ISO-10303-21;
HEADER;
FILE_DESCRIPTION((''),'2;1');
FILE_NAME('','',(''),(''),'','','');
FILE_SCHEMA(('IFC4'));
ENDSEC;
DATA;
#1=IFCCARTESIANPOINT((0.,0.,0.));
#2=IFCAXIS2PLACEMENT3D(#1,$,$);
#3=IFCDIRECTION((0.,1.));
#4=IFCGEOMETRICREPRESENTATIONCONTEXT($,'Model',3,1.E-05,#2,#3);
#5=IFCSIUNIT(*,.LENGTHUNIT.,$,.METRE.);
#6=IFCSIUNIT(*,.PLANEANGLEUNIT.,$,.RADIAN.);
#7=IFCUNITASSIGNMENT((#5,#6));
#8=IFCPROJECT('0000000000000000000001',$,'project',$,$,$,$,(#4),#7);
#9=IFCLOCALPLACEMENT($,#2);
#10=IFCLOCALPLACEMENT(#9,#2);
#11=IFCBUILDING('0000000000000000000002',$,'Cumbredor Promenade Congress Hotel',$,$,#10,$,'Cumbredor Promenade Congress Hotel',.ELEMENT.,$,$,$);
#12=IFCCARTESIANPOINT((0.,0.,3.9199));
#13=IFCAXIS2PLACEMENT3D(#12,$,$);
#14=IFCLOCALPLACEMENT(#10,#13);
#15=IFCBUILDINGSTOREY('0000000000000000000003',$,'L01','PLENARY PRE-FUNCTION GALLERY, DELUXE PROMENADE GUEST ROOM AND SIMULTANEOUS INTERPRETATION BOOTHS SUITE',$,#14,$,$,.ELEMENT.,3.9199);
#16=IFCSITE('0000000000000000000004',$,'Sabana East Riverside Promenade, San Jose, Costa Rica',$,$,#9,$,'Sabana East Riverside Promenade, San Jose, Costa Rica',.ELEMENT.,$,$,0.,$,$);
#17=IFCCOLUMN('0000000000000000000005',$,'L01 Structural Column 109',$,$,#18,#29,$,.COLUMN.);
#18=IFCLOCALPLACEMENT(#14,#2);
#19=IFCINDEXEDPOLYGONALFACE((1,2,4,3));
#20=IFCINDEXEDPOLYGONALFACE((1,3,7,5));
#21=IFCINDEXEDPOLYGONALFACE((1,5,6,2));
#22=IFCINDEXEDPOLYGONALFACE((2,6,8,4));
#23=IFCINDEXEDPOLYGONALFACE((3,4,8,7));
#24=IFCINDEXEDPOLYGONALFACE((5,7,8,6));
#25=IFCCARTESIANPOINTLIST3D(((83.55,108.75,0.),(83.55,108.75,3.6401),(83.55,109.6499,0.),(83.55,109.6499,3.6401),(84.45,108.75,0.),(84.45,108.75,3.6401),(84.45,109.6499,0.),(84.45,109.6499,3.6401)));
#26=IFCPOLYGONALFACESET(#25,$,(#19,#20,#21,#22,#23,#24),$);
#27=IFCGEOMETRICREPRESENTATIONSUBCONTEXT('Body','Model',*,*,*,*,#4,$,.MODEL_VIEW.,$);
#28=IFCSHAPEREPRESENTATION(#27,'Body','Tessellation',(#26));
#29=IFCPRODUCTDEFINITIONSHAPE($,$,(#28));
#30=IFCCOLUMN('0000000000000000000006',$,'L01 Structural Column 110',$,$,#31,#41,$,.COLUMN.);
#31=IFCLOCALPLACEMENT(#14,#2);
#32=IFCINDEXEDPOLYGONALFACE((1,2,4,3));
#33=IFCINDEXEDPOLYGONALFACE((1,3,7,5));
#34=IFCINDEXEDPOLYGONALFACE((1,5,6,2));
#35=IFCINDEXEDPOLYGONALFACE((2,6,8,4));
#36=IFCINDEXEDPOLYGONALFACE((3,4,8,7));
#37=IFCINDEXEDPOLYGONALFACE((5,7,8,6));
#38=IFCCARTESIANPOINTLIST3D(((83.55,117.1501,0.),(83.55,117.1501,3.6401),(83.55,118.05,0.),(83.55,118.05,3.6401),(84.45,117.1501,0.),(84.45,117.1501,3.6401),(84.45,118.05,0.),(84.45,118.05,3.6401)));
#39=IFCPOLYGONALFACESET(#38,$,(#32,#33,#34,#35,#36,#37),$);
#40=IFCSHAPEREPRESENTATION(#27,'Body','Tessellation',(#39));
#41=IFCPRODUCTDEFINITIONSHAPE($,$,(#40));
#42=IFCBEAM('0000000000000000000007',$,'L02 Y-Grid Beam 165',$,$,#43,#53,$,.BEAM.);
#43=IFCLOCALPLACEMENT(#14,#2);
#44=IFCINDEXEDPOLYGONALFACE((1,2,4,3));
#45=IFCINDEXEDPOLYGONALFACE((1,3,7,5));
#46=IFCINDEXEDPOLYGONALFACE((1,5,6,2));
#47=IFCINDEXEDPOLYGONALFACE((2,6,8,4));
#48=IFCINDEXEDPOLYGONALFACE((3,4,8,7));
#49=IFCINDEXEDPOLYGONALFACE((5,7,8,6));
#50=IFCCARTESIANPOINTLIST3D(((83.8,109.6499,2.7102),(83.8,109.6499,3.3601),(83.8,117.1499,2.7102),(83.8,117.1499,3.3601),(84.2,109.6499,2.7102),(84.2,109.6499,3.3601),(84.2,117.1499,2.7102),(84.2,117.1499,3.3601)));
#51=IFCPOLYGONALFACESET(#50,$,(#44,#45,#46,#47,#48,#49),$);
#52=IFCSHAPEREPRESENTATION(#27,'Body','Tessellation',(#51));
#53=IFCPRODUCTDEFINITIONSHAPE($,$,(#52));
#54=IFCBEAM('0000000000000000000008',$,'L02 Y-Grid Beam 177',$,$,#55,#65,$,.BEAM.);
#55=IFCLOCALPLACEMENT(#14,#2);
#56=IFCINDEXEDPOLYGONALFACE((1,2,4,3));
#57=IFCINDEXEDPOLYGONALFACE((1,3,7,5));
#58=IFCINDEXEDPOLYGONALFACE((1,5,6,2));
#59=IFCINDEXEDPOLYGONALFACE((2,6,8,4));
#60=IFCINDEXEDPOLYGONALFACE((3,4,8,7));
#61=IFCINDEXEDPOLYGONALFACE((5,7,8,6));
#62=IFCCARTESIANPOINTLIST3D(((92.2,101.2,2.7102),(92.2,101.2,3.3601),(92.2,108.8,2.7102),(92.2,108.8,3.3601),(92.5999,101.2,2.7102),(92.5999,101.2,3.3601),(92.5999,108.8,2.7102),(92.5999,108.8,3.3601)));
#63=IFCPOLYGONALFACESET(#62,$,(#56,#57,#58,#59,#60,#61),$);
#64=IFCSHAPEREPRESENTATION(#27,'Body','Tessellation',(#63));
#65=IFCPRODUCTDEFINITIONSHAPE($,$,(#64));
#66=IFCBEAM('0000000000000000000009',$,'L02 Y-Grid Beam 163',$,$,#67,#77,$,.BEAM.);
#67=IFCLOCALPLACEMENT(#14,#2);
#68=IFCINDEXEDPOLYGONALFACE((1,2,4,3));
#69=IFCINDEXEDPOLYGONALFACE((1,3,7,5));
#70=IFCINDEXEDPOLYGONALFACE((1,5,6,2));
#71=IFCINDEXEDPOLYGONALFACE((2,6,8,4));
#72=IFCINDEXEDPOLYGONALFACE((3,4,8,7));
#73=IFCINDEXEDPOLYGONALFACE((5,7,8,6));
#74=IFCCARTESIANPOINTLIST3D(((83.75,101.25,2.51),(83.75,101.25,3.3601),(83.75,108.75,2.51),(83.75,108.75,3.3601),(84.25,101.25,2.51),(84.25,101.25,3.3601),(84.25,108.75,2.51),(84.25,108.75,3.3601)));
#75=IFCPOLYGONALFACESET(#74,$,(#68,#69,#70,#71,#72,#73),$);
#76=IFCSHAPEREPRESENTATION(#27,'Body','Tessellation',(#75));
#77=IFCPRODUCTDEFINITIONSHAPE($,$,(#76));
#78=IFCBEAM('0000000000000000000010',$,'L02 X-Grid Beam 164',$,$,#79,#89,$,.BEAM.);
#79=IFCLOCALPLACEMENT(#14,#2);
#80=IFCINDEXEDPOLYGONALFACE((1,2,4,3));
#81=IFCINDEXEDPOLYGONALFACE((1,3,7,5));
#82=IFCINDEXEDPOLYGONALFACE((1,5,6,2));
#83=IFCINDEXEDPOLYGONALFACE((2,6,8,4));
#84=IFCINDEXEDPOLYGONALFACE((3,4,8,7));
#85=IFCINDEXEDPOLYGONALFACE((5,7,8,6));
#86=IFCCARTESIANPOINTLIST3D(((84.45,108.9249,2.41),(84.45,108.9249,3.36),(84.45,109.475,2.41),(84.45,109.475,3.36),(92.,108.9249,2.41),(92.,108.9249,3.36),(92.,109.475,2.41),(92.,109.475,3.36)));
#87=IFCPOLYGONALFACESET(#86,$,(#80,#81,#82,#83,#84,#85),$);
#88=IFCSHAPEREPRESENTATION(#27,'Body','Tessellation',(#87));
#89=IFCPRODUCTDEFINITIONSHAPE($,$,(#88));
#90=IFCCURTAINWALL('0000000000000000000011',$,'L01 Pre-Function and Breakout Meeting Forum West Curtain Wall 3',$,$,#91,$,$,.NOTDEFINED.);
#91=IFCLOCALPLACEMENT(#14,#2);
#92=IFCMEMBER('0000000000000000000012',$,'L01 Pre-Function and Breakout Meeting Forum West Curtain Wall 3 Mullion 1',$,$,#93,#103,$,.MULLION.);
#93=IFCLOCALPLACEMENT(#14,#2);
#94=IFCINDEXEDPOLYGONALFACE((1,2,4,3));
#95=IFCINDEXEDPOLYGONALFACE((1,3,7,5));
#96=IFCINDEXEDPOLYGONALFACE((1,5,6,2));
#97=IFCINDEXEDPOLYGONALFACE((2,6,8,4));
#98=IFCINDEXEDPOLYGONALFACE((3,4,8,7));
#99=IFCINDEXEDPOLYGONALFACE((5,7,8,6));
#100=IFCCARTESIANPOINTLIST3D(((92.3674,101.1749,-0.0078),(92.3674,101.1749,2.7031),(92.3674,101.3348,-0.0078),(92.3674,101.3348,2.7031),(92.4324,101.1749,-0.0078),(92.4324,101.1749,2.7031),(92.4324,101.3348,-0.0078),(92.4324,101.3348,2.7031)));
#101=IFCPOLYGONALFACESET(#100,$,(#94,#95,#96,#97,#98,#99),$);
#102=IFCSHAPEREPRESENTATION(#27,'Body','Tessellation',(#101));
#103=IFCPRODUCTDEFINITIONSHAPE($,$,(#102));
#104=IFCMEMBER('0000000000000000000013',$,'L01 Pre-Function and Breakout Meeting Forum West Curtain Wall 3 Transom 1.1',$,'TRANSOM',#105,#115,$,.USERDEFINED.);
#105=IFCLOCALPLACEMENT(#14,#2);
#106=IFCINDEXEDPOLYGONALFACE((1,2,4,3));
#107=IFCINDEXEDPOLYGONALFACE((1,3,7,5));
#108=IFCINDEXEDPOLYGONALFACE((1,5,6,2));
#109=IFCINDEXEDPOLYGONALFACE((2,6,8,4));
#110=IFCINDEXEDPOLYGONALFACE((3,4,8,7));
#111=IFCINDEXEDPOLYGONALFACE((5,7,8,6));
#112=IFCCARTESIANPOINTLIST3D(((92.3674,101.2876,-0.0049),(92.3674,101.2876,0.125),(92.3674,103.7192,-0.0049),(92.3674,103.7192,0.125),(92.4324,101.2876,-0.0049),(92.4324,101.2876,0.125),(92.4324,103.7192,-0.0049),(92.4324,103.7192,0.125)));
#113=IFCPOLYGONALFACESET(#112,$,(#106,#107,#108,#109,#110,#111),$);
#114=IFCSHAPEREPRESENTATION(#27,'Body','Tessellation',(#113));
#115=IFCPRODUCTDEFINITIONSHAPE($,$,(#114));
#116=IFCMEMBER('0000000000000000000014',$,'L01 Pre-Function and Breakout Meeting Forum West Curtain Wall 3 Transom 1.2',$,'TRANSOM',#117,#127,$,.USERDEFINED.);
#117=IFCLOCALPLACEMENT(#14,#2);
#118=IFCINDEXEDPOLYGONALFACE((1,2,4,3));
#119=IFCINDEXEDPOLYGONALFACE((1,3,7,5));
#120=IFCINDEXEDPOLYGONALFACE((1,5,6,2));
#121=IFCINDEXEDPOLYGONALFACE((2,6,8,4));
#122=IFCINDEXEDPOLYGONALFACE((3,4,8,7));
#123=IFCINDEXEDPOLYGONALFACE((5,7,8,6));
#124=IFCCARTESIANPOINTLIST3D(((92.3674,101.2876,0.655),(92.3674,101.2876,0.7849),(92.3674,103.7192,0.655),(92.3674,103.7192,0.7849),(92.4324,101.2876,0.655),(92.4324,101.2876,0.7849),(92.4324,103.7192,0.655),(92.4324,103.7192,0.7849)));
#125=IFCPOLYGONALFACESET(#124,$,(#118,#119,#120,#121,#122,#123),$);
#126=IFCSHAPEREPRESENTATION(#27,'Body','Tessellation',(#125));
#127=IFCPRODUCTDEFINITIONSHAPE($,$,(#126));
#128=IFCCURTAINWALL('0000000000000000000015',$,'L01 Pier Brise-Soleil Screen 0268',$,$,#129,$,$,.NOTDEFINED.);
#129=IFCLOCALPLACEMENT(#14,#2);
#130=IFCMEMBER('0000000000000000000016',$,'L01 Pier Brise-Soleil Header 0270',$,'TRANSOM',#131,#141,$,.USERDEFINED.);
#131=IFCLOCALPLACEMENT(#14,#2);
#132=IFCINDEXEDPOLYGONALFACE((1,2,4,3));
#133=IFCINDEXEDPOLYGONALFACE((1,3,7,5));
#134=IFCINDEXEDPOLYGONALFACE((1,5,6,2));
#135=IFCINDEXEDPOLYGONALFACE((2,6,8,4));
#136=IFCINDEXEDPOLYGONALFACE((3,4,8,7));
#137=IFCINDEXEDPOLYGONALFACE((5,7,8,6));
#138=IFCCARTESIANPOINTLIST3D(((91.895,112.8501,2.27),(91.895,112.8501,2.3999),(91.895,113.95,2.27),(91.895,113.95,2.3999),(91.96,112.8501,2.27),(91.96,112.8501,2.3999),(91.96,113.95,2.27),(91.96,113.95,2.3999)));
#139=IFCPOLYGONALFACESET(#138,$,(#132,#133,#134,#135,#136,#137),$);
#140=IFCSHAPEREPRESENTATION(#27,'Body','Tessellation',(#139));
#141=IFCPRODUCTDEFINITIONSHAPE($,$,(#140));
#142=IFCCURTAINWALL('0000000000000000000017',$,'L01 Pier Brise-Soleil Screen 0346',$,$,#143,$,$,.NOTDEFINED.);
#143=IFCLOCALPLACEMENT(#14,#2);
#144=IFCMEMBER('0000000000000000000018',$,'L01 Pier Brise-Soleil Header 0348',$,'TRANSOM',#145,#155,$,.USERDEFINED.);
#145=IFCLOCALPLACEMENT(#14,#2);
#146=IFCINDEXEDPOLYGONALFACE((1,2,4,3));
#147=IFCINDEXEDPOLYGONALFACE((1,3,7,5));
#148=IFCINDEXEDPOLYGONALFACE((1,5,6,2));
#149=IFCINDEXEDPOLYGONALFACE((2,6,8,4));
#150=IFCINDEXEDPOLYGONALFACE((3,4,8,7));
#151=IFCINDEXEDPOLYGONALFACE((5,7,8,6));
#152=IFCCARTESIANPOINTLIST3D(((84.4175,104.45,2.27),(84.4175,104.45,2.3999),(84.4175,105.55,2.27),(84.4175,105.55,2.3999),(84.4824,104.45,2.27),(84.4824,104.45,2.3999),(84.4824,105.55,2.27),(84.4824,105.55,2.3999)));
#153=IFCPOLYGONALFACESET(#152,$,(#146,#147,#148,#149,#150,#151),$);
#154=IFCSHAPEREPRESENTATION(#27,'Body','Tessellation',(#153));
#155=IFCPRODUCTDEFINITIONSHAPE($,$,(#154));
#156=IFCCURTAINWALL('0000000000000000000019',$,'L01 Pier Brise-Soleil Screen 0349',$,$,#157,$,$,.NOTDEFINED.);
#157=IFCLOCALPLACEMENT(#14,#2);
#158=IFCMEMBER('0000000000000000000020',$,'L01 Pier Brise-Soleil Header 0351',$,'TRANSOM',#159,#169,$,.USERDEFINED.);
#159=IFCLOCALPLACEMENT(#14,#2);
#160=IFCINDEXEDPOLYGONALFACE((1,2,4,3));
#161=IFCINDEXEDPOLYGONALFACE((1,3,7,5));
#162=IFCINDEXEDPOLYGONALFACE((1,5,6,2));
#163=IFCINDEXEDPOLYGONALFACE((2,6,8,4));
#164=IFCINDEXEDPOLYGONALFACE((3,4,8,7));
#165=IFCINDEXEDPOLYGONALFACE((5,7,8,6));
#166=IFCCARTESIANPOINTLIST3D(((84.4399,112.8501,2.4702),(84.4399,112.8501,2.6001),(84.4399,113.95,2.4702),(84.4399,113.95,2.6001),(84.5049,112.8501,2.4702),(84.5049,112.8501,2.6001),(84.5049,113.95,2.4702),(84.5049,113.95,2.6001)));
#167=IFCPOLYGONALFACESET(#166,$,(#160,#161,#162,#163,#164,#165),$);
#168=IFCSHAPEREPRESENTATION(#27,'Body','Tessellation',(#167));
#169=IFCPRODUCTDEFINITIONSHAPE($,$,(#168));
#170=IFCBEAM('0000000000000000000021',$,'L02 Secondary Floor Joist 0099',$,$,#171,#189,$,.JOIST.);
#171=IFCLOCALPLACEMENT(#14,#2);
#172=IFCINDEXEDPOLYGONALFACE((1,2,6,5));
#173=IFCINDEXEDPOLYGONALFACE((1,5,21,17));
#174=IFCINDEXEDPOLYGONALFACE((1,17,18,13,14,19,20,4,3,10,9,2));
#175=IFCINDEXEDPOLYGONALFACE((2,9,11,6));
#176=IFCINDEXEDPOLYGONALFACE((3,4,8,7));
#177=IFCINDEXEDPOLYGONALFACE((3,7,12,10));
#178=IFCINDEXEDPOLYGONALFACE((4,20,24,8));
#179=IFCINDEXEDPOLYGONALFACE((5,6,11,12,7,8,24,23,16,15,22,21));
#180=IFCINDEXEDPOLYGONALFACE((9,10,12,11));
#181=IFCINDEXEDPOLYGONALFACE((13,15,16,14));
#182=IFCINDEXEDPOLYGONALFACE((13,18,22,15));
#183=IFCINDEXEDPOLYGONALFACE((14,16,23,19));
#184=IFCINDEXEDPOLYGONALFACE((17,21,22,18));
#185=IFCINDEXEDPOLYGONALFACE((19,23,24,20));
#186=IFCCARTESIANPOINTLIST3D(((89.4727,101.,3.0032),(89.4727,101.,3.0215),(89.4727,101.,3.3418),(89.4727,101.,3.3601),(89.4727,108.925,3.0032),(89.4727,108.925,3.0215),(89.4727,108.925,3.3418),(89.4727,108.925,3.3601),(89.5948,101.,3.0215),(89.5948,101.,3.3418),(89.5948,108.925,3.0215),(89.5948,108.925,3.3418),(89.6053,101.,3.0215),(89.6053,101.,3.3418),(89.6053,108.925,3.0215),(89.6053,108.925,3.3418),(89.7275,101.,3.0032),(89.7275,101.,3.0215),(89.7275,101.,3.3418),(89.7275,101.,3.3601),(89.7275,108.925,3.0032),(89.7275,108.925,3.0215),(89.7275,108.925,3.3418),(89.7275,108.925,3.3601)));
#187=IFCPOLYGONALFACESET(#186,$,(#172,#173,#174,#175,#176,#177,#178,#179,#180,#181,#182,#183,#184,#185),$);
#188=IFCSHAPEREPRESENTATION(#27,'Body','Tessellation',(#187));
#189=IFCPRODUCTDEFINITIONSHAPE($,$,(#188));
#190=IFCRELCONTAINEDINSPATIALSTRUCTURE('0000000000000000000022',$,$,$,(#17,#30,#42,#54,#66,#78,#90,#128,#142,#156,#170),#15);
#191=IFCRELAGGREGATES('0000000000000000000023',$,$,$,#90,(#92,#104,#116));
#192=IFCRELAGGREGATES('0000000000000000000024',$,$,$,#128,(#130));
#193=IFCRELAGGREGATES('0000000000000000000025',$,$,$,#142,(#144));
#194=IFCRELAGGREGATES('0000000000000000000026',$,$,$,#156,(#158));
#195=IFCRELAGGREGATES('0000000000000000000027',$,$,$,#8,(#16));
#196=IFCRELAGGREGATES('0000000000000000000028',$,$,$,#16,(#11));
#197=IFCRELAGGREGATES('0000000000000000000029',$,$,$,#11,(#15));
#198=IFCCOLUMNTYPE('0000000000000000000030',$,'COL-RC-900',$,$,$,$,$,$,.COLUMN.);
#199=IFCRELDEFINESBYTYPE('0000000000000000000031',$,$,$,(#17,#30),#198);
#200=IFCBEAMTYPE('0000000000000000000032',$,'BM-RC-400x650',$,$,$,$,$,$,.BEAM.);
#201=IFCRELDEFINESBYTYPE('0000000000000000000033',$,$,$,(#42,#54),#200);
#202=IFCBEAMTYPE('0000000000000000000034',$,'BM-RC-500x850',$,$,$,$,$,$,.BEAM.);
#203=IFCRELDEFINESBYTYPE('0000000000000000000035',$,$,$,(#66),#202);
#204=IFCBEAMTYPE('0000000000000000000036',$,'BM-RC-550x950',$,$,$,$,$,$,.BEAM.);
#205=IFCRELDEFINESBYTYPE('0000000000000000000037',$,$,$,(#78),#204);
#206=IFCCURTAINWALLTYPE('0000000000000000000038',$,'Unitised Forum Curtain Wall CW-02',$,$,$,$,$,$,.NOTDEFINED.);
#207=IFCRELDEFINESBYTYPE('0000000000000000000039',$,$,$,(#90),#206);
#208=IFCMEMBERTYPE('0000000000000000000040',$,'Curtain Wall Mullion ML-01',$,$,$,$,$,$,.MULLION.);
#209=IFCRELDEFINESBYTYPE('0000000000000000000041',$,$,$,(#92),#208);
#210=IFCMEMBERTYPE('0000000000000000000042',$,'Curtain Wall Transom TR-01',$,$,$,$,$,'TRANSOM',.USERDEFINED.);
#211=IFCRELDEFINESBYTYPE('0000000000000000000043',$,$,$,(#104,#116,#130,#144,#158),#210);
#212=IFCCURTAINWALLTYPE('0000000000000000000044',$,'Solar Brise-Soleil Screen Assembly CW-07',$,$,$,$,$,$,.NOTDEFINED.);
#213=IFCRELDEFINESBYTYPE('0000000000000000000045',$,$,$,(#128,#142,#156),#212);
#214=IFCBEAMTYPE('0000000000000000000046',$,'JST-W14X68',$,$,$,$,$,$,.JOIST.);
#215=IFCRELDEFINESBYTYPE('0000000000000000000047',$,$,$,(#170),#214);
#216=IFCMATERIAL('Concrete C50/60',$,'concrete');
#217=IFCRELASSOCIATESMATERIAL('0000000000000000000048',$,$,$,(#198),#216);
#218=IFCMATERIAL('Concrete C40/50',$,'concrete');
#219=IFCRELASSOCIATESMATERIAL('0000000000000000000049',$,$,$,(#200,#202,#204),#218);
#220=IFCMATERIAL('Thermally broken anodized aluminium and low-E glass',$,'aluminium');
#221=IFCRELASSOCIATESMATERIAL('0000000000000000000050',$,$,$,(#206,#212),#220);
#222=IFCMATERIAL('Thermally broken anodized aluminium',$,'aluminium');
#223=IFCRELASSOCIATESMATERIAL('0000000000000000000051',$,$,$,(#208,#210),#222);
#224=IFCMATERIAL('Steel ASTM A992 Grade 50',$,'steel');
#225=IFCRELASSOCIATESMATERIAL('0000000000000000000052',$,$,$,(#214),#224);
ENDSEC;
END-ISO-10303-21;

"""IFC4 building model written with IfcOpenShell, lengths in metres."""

from ifc_helpers import new_model, si_unit, direction, frame, origin, origin_2d, place, context, subcontext, project, spatial, rectangle, i_section, extrude, material, material_profile, profile_set, type_object, element, aggregate, save


model = new_model("IFC4")

# Units and contexts
model_context = context("Model", 3, precision=1e-05, world=origin(), true_north=direction((0.0, 1.0)))
body_context = subcontext(model_context, "Body", "Model", "MODEL_VIEW")
ifc_project = project(units=[si_unit("LENGTHUNIT", "METRE"), si_unit("PLANEANGLEUNIT", "RADIAN")], contexts=[model_context])

# Site, building, storey
site_placement = place(None, origin())
site = spatial("IfcSite", under=ifc_project, at=site_placement, Name="Sabana East Riverside Promenade, San Jose, Costa Rica", LongName="Sabana East Riverside Promenade, San Jose, Costa Rica", CompositionType="ELEMENT", RefElevation=0.0)
building_placement = place(site_placement, origin())
building = spatial("IfcBuilding", under=site, at=building_placement, Name="Cumbredor Promenade Congress Hotel", LongName="Cumbredor Promenade Congress Hotel", CompositionType="ELEMENT")
storey_placement = place(building_placement, frame((0.0, 0.0, 3.9199)))
storey = spatial("IfcBuildingStorey", under=building, at=storey_placement, Name="L01", Description="PLENARY PRE-FUNCTION GALLERY, DELUXE PROMENADE GUEST ROOM AND SIMULTANEOUS INTERPRETATION BOOTHS SUITE", CompositionType="ELEMENT", Elevation=3.9199)

# Columns
ifc_material_1 = material(Name="Concrete C50/60", Category="concrete")
ifc_material_profile_1 = material_profile(ifc_material_1, rectangle(XDim=0.8999, YDim=0.8999, at=origin_2d()), Name="RC 900x900")
ifc_profile_set_1 = profile_set([ifc_material_profile_1], Name="Concrete C50/60")
column_type = type_object("IfcColumnType", Name="COL-RC-900", PredefinedType="COLUMN", material=ifc_profile_set_1)
for number, where, z_axis, x_axis, name in (
    (1, (84.0, 109.2, 0.0), (0.0, 0.0, 1.0), (1.0, 0.0, 0.0), "L01 Structural Column 109"),
    (2, (84.0, 117.6001, 0.0), (0.0, 0.0, 1.0), (1.0, 0.0, 0.0), "L01 Structural Column 110"),
):
    element("IfcColumn", number, at=place(storey_placement, frame(where, z_axis=z_axis, x_axis=x_axis)), inside=storey, type_object=column_type, Name=name, PredefinedType="COLUMN", context=body_context, shape_type="SweptSolid", body=[
        extrude(rectangle(XDim=0.8999, YDim=0.8999, at=origin_2d()), origin(), (0.0, 0.0, 1.0), 3.6401),
    ])

# Beams
ifc_material_2 = material(Name="Concrete C40/50", Category="concrete")
ifc_material_profile_2 = material_profile(ifc_material_2, rectangle(XDim=0.3999, YDim=0.6499, at=origin_2d()), Name="RC BEAM 400x650")
ifc_profile_set_2 = profile_set([ifc_material_profile_2], Name="Concrete C40/50")
beam_type_1 = type_object("IfcBeamType", Name="BM-RC-400x650", PredefinedType="BEAM", material=ifc_profile_set_2)
beam_1_placement = place(storey_placement, frame((84.0, 109.6499, 3.0352), z_axis=(0.0, 1.0, 0.0), x_axis=(-1.0, 0.0, 0.0)))
element("IfcBeam", 3, at=beam_1_placement, inside=storey, type_object=beam_type_1, Name="L02 Y-Grid Beam 165", PredefinedType="BEAM", context=body_context, shape_type="SweptSolid", body=[
    extrude(rectangle(XDim=0.3999, YDim=0.6499, at=origin_2d()), origin(), (0.0, 0.0, 1.0), 7.5),
])
beam_2_placement = place(storey_placement, frame((92.3999, 101.2, 3.0352), z_axis=(0.0, 1.0, 0.0), x_axis=(-1.0, 0.0, 0.0)))
element("IfcBeam", 4, at=beam_2_placement, inside=storey, type_object=beam_type_1, Name="L02 Y-Grid Beam 177", PredefinedType="BEAM", context=body_context, shape_type="SweptSolid", body=[
    extrude(rectangle(XDim=0.3999, YDim=0.6499, at=origin_2d()), origin(), (0.0, 0.0, 1.0), 7.6001),
])
ifc_material_profile_3 = material_profile(ifc_material_2, rectangle(XDim=0.5, YDim=0.8501, at=origin_2d()), Name="RC BEAM 500x850")
ifc_profile_set_3 = profile_set([ifc_material_profile_3], Name="Concrete C40/50")
beam_type_2 = type_object("IfcBeamType", Name="BM-RC-500x850", PredefinedType="BEAM", material=ifc_profile_set_3)
beam_3_placement = place(storey_placement, frame((84.0, 101.25, 2.9351), z_axis=(0.0, 1.0, 0.0), x_axis=(-1.0, 0.0, 0.0)))
element("IfcBeam", 5, at=beam_3_placement, inside=storey, type_object=beam_type_2, Name="L02 Y-Grid Beam 163", PredefinedType="BEAM", context=body_context, shape_type="SweptSolid", body=[
    extrude(rectangle(XDim=0.5, YDim=0.8501, at=origin_2d()), origin(), (0.0, 0.0, 1.0), 7.5),
])
ifc_material_profile_4 = material_profile(ifc_material_2, rectangle(XDim=0.55, YDim=0.95, at=origin_2d()), Name="RC BEAM 550x950")
ifc_profile_set_4 = profile_set([ifc_material_profile_4], Name="Concrete C40/50")
beam_type_3 = type_object("IfcBeamType", Name="BM-RC-550x950", PredefinedType="BEAM", material=ifc_profile_set_4)
beam_4_placement = place(storey_placement, frame((84.45, 109.2, 2.885), z_axis=(1.0, 0.0, 0.0), x_axis=(0.0, 1.0, 0.0)))
element("IfcBeam", 6, at=beam_4_placement, inside=storey, type_object=beam_type_3, Name="L02 X-Grid Beam 164", PredefinedType="BEAM", context=body_context, shape_type="SweptSolid", body=[
    extrude(rectangle(XDim=0.55, YDim=0.95, at=origin_2d()), origin(), (0.0, 0.0, 1.0), 7.55),
])

# Curtain wall, members
ifc_material_3 = material(Name="Thermally broken anodized aluminium and low-E glass", Category="aluminium")
curtain_wall_type_1 = type_object("IfcCurtainWallType", Name="Unitised Forum Curtain Wall CW-02", PredefinedType="NOTDEFINED", material=ifc_material_3)
curtain_wall_1_placement = place(storey_placement, origin())
curtain_wall_1 = element("IfcCurtainWall", 7, at=curtain_wall_1_placement, inside=storey, type_object=curtain_wall_type_1, Name="L01 Pre-Function and Breakout Meeting Forum West Curtain Wall 3", PredefinedType="NOTDEFINED")
ifc_material_4 = material(Name="Thermally broken anodized aluminium", Category="aluminium")
ifc_material_profile_5 = material_profile(ifc_material_4, rectangle(XDim=0.0649, YDim=0.1599, at=origin_2d()), Name="ALU MULLION 65x160")
ifc_profile_set_5 = profile_set([ifc_material_profile_5], Name="Thermally broken anodized aluminium")
member_type_1 = type_object("IfcMemberType", Name="Curtain Wall Mullion ML-01", PredefinedType="MULLION", material=ifc_profile_set_5)
member_1_placement = place(storey_placement, frame((92.3999, 101.2549, -0.0078), z_axis=(0.0, 0.0, 1.0), x_axis=(1.0, 0.0, 0.0)))
member_1 = element("IfcMember", 8, at=member_1_placement, type_object=member_type_1, Name="L01 Pre-Function and Breakout Meeting Forum West Curtain Wall 3 Mullion 1", PredefinedType="MULLION", context=body_context, shape_type="SweptSolid", body=[
    extrude(rectangle(XDim=0.0649, YDim=0.1599, at=origin_2d()), origin(), (0.0, 0.0, 1.0), 2.7109),
])
ifc_material_profile_6 = material_profile(ifc_material_4, rectangle(XDim=0.0649, YDim=0.1299, at=origin_2d()), Name="ALU TRANSOM 65x130")
ifc_profile_set_6 = profile_set([ifc_material_profile_6], Name="Thermally broken anodized aluminium")
member_type_2 = type_object("IfcMemberType", Name="Curtain Wall Transom TR-01", ElementType="TRANSOM", PredefinedType="USERDEFINED", material=ifc_profile_set_6)
member_2_placement = place(storey_placement, frame((92.3999, 101.2876, 0.0601), z_axis=(0.0, 1.0, 0.0), x_axis=(-1.0, 0.0, 0.0)))
member_2 = element("IfcMember", 9, at=member_2_placement, type_object=member_type_2, Name="L01 Pre-Function and Breakout Meeting Forum West Curtain Wall 3 Transom 1.1", ObjectType="TRANSOM", PredefinedType="USERDEFINED", context=body_context, shape_type="SweptSolid", body=[
    extrude(rectangle(XDim=0.0649, YDim=0.1299, at=origin_2d()), origin(), (0.0, 0.0, 1.0), 2.4316),
])
member_3_placement = place(storey_placement, frame((92.3999, 101.2876, 0.72), z_axis=(0.0, 1.0, 0.0), x_axis=(-1.0, 0.0, 0.0)))
member_3 = element("IfcMember", 10, at=member_3_placement, type_object=member_type_2, Name="L01 Pre-Function and Breakout Meeting Forum West Curtain Wall 3 Transom 1.2", ObjectType="TRANSOM", PredefinedType="USERDEFINED", context=body_context, shape_type="SweptSolid", body=[
    extrude(rectangle(XDim=0.0649, YDim=0.1299, at=origin_2d()), origin(), (0.0, 0.0, 1.0), 2.4316),
])
aggregate(curtain_wall_1, [member_1, member_2, member_3])

# Curtain walls, members
curtain_wall_type_2 = type_object("IfcCurtainWallType", Name="Solar Brise-Soleil Screen Assembly CW-07", PredefinedType="NOTDEFINED", material=ifc_material_3)
curtain_wall_2_placement = place(storey_placement, origin())
curtain_wall_2 = element("IfcCurtainWall", 11, at=curtain_wall_2_placement, inside=storey, type_object=curtain_wall_type_2, Name="L01 Pier Brise-Soleil Screen 0268", PredefinedType="NOTDEFINED")
member_4_placement = place(storey_placement, frame((91.9275, 112.8501, 2.335), z_axis=(0.0, 1.0, 0.0), x_axis=(-1.0, 0.0, 0.0)))
member_4 = element("IfcMember", 12, at=member_4_placement, type_object=member_type_2, Name="L01 Pier Brise-Soleil Header 0270", ObjectType="TRANSOM", PredefinedType="USERDEFINED", context=body_context, shape_type="SweptSolid", body=[
    extrude(rectangle(XDim=0.0649, YDim=0.1299, at=origin_2d()), origin(), (0.0, 0.0, 1.0), 1.0999),
])
curtain_wall_3_placement = place(storey_placement, origin())
curtain_wall_3 = element("IfcCurtainWall", 13, at=curtain_wall_3_placement, inside=storey, type_object=curtain_wall_type_2, Name="L01 Pier Brise-Soleil Screen 0346", PredefinedType="NOTDEFINED")
member_5_placement = place(storey_placement, frame((84.45, 104.45, 2.335), z_axis=(0.0, 1.0, 0.0), x_axis=(-1.0, 0.0, 0.0)))
member_5 = element("IfcMember", 14, at=member_5_placement, type_object=member_type_2, Name="L01 Pier Brise-Soleil Header 0348", ObjectType="TRANSOM", PredefinedType="USERDEFINED", context=body_context, shape_type="SweptSolid", body=[
    extrude(rectangle(XDim=0.0649, YDim=0.1299, at=origin_2d()), origin(), (0.0, 0.0, 1.0), 1.1001),
])
curtain_wall_4_placement = place(storey_placement, origin())
curtain_wall_4 = element("IfcCurtainWall", 15, at=curtain_wall_4_placement, inside=storey, type_object=curtain_wall_type_2, Name="L01 Pier Brise-Soleil Screen 0349", PredefinedType="NOTDEFINED")
member_6_placement = place(storey_placement, frame((84.4724, 112.8501, 2.5352), z_axis=(0.0, 1.0, 0.0), x_axis=(-1.0, 0.0, 0.0)))
member_6 = element("IfcMember", 16, at=member_6_placement, type_object=member_type_2, Name="L01 Pier Brise-Soleil Header 0351", ObjectType="TRANSOM", PredefinedType="USERDEFINED", context=body_context, shape_type="SweptSolid", body=[
    extrude(rectangle(XDim=0.0649, YDim=0.1299, at=origin_2d()), origin(), (0.0, 0.0, 1.0), 1.0999),
])

# Beam
ifc_material_5 = material(Name="Steel ASTM A992 Grade 50", Category="steel")
ifc_material_profile_7 = material_profile(ifc_material_5, i_section(OverallWidth=0.2549, OverallDepth=0.3569, WebThickness=0.0105, FlangeThickness=0.0183, at=origin_2d()), Name="W14X68")
ifc_profile_set_7 = profile_set([ifc_material_profile_7], Name="Steel ASTM A992 Grade 50")
beam_type_4 = type_object("IfcBeamType", Name="JST-W14X68", PredefinedType="JOIST", material=ifc_profile_set_7)
beam_5_placement = place(storey_placement, frame((89.6001, 101.0, 3.1816), z_axis=(0.0, 1.0, 0.0), x_axis=(-1.0, 0.0, 0.0)))
element("IfcBeam", 17, at=beam_5_placement, inside=storey, type_object=beam_type_4, Name="L02 Secondary Floor Joist 0099", PredefinedType="JOIST", context=body_context, shape_type="SweptSolid", body=[
    extrude(i_section(OverallWidth=0.2549, OverallDepth=0.3569, WebThickness=0.0105, FlangeThickness=0.0183, at=origin_2d()), origin(), (0.0, 0.0, 1.0), 7.925),
])

aggregate(curtain_wall_2, [member_4])
aggregate(curtain_wall_3, [member_5])
aggregate(curtain_wall_4, [member_6])

save(model, "model.ifc")
